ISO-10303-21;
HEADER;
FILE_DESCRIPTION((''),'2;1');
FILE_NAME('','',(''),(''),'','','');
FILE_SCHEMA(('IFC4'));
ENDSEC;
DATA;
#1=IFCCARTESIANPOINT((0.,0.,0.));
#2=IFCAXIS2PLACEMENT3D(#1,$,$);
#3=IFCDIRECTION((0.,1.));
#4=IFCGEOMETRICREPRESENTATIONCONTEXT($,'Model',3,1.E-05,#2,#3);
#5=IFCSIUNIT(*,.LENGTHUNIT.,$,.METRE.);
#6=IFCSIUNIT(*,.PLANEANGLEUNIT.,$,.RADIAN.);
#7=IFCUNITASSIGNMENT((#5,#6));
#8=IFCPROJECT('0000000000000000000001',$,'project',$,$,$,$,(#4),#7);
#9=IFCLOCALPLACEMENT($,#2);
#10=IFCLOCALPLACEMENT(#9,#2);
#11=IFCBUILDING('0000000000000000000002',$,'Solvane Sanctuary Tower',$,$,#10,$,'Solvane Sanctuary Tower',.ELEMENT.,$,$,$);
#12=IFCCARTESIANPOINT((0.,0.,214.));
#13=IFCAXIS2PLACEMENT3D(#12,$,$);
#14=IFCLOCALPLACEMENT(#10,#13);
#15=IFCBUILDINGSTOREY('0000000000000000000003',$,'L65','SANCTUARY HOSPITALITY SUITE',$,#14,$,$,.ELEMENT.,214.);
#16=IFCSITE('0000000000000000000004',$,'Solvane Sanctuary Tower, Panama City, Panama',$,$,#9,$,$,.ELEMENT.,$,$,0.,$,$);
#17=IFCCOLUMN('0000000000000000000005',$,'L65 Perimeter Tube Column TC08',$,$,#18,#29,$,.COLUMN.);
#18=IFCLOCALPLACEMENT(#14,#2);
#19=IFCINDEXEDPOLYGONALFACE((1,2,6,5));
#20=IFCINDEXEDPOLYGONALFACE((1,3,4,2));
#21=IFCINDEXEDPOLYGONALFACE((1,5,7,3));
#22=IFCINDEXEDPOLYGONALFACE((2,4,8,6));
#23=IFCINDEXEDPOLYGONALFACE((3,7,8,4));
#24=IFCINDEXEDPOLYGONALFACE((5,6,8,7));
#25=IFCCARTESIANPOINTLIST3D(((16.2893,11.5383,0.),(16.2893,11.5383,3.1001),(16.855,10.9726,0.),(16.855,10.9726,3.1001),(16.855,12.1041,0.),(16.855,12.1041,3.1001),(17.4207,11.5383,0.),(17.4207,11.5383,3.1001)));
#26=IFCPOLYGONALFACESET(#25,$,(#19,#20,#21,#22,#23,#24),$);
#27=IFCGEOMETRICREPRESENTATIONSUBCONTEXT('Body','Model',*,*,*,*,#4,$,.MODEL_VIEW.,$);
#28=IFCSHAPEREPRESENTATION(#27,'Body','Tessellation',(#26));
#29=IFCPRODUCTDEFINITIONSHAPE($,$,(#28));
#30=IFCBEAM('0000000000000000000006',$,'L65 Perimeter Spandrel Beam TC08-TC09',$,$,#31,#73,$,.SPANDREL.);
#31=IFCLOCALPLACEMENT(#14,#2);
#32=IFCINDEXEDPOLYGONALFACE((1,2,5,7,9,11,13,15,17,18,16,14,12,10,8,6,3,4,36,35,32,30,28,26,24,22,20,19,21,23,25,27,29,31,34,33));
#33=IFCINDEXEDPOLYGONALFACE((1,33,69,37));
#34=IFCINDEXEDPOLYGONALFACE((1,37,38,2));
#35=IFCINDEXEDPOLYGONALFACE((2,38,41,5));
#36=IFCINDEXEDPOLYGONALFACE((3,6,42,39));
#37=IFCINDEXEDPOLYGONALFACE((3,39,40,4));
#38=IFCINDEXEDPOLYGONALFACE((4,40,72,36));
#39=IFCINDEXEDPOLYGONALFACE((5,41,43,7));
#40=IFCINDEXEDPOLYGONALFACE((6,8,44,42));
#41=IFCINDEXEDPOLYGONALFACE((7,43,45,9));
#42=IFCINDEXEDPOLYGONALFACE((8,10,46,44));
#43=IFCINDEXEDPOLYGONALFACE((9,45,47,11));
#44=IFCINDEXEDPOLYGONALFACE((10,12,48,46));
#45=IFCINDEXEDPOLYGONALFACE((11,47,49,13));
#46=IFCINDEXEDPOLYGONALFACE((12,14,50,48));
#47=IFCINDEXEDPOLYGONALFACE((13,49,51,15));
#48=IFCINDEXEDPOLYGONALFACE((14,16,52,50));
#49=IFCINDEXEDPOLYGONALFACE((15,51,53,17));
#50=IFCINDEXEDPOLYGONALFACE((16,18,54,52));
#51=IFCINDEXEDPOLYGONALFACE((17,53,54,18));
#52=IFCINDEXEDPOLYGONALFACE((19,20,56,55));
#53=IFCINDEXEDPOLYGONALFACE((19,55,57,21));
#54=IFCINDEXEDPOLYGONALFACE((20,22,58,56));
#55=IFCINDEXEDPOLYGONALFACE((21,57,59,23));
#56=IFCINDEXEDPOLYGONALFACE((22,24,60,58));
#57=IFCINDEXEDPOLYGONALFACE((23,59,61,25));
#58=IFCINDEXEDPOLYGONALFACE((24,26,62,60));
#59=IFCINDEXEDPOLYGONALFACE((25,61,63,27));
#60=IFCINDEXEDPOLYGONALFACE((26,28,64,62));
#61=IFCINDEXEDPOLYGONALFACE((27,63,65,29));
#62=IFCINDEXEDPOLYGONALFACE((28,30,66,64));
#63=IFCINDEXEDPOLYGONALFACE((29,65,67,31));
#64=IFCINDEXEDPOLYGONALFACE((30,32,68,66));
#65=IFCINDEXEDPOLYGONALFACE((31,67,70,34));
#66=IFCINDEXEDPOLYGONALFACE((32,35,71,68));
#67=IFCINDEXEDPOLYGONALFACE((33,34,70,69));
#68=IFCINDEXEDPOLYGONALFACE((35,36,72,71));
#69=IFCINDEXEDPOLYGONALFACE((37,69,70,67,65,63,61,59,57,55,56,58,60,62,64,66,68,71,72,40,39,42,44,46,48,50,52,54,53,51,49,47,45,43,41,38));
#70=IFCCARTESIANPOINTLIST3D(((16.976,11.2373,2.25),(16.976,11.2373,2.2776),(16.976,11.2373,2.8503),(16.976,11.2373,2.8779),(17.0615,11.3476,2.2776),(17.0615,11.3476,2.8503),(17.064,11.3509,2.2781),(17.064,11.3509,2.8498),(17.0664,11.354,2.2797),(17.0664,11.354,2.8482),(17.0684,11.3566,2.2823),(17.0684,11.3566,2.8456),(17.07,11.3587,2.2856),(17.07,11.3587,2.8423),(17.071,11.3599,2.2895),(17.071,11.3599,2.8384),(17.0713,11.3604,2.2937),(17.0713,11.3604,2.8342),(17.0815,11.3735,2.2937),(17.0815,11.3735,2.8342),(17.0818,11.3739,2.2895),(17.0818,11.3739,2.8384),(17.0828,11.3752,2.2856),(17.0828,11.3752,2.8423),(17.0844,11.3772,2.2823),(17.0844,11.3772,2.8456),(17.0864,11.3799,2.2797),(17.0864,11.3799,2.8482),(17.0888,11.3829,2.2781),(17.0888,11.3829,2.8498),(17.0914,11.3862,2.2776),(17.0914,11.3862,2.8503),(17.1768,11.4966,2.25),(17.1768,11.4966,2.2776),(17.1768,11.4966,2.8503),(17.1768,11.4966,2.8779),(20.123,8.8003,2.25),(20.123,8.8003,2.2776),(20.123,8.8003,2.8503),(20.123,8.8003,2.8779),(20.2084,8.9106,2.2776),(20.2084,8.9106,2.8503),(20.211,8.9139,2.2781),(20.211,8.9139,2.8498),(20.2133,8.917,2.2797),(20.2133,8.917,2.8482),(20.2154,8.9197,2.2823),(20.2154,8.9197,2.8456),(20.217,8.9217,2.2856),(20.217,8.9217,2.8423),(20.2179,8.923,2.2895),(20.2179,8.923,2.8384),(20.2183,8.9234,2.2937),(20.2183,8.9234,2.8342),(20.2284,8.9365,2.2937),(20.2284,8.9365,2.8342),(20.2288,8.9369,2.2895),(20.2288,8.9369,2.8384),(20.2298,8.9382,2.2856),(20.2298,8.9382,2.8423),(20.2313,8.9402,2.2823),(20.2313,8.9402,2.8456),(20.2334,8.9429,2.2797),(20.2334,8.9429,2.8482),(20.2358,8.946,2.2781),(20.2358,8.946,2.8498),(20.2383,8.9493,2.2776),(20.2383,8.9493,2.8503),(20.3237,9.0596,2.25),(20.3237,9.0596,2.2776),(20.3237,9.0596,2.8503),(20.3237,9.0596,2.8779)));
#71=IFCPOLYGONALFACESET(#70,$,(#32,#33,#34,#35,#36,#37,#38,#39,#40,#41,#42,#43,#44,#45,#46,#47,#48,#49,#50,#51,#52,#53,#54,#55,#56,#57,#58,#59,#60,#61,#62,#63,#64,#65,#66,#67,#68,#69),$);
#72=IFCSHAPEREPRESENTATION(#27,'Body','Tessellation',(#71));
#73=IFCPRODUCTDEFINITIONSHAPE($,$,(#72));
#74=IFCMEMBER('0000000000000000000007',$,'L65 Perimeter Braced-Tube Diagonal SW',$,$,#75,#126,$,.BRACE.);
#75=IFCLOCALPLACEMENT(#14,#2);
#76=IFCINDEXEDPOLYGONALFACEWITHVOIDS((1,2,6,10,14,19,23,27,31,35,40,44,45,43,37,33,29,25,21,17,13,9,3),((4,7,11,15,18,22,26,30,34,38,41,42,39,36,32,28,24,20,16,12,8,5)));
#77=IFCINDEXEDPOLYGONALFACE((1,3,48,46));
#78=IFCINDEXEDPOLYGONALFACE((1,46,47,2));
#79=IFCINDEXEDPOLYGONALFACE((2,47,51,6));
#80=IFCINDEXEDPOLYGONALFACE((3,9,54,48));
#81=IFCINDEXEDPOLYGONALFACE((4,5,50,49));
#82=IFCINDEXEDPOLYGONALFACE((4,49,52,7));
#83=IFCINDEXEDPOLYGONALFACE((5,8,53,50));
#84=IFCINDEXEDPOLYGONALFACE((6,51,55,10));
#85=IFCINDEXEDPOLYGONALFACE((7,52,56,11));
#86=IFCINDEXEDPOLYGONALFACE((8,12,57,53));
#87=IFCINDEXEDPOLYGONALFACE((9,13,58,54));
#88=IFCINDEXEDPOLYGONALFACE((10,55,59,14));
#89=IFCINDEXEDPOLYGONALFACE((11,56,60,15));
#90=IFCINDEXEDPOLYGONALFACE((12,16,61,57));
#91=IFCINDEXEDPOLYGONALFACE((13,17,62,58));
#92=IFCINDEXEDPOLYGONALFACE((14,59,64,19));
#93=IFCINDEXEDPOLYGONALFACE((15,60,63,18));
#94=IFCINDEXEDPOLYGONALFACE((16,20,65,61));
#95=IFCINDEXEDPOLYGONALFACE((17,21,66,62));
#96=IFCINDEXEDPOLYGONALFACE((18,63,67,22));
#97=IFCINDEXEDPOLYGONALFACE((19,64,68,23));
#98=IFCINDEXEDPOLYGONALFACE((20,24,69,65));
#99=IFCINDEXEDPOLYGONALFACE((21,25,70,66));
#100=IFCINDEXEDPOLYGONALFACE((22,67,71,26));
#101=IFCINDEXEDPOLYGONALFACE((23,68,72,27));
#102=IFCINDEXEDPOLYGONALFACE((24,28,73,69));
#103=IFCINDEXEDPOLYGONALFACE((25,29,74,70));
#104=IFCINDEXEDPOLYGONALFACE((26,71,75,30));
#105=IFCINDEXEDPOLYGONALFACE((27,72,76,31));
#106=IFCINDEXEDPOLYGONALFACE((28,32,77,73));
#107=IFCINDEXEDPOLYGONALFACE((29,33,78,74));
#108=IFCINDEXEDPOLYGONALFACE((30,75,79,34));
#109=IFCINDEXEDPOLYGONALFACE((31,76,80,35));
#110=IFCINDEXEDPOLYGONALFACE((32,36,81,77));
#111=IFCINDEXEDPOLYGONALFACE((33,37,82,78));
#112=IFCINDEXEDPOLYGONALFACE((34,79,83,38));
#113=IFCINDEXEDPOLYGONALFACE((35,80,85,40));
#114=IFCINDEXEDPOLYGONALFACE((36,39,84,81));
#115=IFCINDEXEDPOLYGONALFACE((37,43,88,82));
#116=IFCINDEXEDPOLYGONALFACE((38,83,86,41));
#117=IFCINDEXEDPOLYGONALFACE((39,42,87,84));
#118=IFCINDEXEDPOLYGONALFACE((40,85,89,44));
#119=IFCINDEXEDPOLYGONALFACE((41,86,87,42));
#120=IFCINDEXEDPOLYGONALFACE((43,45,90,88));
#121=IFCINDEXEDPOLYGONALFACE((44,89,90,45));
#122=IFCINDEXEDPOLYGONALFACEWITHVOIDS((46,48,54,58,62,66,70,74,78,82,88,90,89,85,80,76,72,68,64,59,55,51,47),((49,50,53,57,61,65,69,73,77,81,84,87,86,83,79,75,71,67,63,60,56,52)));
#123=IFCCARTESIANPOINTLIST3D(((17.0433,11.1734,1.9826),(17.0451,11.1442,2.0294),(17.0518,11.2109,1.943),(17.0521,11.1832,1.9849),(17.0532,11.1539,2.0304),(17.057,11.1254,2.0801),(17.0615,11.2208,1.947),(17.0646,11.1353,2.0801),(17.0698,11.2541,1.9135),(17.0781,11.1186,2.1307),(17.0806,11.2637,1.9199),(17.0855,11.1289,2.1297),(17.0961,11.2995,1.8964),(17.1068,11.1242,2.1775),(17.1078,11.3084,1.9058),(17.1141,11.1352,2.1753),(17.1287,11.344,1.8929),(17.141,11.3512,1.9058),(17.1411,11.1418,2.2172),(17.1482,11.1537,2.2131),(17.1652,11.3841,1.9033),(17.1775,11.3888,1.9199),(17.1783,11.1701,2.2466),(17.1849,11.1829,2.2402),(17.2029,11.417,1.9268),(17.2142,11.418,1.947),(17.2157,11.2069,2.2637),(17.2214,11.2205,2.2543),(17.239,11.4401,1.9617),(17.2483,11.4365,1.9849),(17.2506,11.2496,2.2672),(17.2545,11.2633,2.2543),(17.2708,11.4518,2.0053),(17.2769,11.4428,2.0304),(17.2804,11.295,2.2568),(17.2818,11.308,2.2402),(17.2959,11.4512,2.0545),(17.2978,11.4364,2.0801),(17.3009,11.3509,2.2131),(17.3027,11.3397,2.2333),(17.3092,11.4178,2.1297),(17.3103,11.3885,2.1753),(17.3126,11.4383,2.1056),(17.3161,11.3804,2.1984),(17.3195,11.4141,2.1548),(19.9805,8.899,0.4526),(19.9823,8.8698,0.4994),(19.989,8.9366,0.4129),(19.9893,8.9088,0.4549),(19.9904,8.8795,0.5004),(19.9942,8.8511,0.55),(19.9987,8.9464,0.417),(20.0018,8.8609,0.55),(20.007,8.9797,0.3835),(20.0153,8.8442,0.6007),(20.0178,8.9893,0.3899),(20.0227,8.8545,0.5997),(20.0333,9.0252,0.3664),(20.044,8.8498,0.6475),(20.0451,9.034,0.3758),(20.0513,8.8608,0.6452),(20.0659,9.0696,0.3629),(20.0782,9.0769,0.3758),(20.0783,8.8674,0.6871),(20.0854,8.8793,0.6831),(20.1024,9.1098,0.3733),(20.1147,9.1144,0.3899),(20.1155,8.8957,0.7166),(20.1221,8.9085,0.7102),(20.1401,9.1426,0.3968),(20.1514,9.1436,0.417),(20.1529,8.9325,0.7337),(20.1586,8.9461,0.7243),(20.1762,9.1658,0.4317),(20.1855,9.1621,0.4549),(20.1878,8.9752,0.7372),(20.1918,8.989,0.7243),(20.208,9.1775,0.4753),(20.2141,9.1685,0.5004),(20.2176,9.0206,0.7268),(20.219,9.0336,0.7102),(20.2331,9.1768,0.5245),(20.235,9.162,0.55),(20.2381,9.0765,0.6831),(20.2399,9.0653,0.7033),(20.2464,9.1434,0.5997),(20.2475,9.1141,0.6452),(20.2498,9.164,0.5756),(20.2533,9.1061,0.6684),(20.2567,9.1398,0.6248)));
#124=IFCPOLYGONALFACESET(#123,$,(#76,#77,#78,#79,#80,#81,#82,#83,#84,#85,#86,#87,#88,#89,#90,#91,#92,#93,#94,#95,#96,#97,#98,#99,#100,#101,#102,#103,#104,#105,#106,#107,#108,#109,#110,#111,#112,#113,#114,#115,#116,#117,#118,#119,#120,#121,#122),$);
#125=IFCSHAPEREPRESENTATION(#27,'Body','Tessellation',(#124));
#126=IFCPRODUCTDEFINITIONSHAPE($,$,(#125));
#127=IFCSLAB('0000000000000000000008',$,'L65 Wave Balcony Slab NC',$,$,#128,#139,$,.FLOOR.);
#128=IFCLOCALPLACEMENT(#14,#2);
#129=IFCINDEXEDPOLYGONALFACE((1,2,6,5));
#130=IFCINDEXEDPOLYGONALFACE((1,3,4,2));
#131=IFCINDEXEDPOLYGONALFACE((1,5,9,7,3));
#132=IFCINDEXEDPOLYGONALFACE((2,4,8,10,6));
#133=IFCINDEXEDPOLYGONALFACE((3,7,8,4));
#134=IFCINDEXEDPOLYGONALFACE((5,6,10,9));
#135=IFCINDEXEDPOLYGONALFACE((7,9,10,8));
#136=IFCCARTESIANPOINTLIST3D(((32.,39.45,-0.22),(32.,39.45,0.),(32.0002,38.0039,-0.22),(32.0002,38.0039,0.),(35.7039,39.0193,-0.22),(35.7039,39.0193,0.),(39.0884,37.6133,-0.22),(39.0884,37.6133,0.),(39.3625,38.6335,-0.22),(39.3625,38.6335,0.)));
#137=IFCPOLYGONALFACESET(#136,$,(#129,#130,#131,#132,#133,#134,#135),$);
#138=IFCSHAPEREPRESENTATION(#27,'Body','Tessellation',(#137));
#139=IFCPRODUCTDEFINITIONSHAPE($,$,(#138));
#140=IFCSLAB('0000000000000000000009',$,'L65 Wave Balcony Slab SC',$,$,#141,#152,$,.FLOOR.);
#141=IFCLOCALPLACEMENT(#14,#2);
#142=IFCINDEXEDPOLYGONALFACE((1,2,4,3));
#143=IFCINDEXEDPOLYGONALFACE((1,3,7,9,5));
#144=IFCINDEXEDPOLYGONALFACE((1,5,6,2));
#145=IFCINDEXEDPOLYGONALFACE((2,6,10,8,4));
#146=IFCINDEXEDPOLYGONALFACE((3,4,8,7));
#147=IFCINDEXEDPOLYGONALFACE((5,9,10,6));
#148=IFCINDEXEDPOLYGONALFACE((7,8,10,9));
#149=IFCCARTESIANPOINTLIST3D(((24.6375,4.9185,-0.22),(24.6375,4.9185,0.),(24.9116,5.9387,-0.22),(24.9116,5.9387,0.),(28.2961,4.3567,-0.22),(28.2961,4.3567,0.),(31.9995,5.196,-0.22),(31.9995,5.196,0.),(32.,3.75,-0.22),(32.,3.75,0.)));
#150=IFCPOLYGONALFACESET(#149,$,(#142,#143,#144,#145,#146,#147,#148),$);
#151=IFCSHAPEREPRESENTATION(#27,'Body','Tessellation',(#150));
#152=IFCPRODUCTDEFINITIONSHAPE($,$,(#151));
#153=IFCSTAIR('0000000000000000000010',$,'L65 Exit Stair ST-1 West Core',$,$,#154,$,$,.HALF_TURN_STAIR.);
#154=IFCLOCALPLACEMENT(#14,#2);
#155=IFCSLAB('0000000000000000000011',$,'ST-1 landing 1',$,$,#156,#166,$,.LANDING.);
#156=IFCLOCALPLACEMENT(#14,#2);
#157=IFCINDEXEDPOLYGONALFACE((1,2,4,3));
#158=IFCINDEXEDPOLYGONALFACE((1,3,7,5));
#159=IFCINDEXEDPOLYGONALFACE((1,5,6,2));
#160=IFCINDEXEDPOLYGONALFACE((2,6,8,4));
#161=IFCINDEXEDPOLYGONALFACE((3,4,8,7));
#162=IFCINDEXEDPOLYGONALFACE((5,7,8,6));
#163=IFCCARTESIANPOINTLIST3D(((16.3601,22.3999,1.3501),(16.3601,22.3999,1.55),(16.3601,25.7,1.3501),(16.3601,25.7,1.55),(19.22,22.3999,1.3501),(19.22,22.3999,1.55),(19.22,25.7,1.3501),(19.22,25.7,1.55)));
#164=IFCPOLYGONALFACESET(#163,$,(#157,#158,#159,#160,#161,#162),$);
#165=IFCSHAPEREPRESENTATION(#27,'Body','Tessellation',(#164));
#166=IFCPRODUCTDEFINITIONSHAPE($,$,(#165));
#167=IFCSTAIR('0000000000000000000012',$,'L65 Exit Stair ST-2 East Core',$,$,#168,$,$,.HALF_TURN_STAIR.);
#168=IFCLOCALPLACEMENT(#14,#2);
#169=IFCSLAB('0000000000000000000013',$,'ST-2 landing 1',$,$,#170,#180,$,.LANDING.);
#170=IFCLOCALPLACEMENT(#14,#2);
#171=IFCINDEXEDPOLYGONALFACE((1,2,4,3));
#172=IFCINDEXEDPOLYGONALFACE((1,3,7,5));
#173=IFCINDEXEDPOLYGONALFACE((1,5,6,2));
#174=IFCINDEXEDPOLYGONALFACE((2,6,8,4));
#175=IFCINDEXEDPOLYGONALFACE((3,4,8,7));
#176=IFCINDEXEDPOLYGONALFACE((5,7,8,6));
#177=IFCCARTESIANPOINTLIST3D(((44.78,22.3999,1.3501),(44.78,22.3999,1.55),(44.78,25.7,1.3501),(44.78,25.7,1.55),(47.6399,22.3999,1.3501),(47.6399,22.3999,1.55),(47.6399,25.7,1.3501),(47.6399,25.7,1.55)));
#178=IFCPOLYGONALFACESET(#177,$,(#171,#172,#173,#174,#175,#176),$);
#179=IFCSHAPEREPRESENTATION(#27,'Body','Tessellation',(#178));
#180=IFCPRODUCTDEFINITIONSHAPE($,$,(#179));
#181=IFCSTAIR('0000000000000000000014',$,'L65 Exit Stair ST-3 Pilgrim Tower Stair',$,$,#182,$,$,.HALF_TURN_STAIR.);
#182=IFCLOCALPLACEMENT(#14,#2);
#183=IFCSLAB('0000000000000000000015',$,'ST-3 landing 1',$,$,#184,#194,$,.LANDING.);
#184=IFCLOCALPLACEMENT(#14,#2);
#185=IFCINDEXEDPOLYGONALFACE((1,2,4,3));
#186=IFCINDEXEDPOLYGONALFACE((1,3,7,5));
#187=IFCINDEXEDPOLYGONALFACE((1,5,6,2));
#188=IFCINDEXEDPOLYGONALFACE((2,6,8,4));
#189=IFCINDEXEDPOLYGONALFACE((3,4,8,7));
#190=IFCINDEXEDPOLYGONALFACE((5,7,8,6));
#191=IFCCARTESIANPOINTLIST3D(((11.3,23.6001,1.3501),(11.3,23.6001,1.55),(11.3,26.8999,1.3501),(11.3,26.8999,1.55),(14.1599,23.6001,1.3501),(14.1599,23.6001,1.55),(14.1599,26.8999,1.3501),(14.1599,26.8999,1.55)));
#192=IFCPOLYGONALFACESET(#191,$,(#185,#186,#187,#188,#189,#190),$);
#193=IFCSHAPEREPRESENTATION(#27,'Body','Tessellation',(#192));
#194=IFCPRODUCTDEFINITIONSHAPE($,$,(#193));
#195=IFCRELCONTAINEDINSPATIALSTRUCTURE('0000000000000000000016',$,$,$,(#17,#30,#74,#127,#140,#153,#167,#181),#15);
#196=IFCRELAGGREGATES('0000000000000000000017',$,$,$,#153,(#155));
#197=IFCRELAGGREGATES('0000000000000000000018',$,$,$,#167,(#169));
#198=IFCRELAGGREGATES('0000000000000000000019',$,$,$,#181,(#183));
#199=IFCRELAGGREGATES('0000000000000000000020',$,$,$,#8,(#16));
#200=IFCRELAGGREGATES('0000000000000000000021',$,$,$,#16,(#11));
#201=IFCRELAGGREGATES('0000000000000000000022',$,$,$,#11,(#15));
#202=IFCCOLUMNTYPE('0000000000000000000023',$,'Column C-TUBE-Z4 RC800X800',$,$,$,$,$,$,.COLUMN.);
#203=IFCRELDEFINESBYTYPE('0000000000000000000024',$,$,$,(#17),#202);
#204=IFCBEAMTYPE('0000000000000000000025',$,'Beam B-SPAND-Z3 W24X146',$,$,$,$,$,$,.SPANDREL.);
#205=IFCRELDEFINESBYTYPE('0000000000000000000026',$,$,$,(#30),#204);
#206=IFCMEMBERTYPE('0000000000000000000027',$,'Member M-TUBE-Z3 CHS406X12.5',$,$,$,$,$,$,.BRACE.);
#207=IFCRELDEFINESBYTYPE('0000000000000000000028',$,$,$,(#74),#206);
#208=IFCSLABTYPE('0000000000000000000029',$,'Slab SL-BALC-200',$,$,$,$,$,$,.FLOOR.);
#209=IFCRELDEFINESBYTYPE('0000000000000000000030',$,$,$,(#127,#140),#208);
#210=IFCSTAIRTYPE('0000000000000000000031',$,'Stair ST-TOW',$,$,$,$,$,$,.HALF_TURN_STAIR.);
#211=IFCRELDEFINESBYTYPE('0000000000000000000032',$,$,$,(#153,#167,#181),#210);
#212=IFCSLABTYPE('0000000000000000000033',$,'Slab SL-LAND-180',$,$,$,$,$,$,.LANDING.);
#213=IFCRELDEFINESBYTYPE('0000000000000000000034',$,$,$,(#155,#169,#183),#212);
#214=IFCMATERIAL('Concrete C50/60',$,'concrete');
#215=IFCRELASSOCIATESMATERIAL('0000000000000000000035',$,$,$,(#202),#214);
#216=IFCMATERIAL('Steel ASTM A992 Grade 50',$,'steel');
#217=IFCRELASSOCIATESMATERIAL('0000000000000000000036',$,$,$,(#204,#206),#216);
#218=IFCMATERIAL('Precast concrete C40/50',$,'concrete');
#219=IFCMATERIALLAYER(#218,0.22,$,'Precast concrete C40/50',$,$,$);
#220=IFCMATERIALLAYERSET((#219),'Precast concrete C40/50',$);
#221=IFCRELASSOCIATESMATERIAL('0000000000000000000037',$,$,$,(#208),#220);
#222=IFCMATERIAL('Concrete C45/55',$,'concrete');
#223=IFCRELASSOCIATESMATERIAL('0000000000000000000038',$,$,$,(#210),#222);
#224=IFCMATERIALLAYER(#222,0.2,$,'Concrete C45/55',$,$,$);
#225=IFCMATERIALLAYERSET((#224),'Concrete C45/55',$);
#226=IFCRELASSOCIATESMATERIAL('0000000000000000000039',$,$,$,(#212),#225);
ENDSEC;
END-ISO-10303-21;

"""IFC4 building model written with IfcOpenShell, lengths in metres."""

from ifc_helpers import new_model, si_unit, direction, frame, origin, origin_2d, place, context, subcontext, project, spatial, polyline, rectangle, hollow_circle, i_section, outline, extrude, material, layer, layer_set, material_profile, profile_set, type_object, element, aggregate, save


model = new_model("IFC4")

# Units and contexts
model_context = context("Model", 3, precision=1e-05, world=origin(), true_north=direction((0.0, 1.0)))
body_context = subcontext(model_context, "Body", "Model", "MODEL_VIEW")
ifc_project = project(units=[si_unit("LENGTHUNIT", "METRE"), si_unit("PLANEANGLEUNIT", "RADIAN")], contexts=[model_context])

# Site, building, storey
site_placement = place(None, origin())
site = spatial("IfcSite", under=ifc_project, at=site_placement, Name="Solvane Sanctuary Tower, Panama City, Panama", CompositionType="ELEMENT", RefElevation=0.0)
building_placement = place(site_placement, origin())
building = spatial("IfcBuilding", under=site, at=building_placement, Name="Solvane Sanctuary Tower", LongName="Solvane Sanctuary Tower", CompositionType="ELEMENT")
storey_placement = place(building_placement, frame((0.0, 0.0, 214.0)))
storey = spatial("IfcBuildingStorey", under=building, at=storey_placement, Name="L65", Description="SANCTUARY HOSPITALITY SUITE", CompositionType="ELEMENT", Elevation=214.0)

# Column
ifc_material_1 = material(Name="Concrete C50/60", Category="concrete")
ifc_material_profile_1 = material_profile(ifc_material_1, rectangle(XDim=0.8, YDim=0.8, at=origin_2d()), Name="RC800X800")
ifc_profile_set_1 = profile_set([ifc_material_profile_1], Name="Concrete C50/60")
column_type = type_object("IfcColumnType", Name="Column C-TUBE-Z4 RC800X800", PredefinedType="COLUMN", material=ifc_profile_set_1)
column_placement = place(storey_placement, frame((16.855, 11.5383, 0.0), z_axis=(0.0, 0.0, 1.0), x_axis=(-0.707107, -0.707107, 0.0)))
element("IfcColumn", 1, at=column_placement, inside=storey, type_object=column_type, Name="L65 Perimeter Tube Column TC08", PredefinedType="COLUMN", context=body_context, shape_type="SweptSolid", body=[
    extrude(rectangle(XDim=0.8, YDim=0.8, at=origin_2d()), origin(), (0.0, 0.0, 1.0), 3.1001),
])

# Beam
ifc_material_2 = material(Name="Steel ASTM A992 Grade 50", Category="steel")
ifc_material_profile_2 = material_profile(ifc_material_2, i_section(OverallWidth=0.3279, OverallDepth=0.6279, WebThickness=0.0166, FlangeThickness=0.0276, FilletRadius=0.0161, at=origin_2d()), Name="W24X146")
ifc_profile_set_2 = profile_set([ifc_material_profile_2], Name="Steel ASTM A992 Grade 50")
beam_type = type_object("IfcBeamType", Name="Beam B-SPAND-Z3 W24X146", PredefinedType="SPANDREL", material=ifc_profile_set_2)
beam_placement = place(storey_placement, frame((17.0764, 11.3669, 2.564), z_axis=(0.790645, -0.612275, 0.0), x_axis=(0.612275, 0.790645, 0.0)))
element("IfcBeam", 2, at=beam_placement, inside=storey, type_object=beam_type, Name="L65 Perimeter Spandrel Beam TC08-TC09", PredefinedType="SPANDREL", context=body_context, shape_type="SweptSolid", body=[
    extrude(i_section(OverallWidth=0.3279, OverallDepth=0.6279, WebThickness=0.0166, FlangeThickness=0.0276, FilletRadius=0.0161, at=origin_2d()), origin(), (0.0, 0.0, 1.0), 3.9802),
])

# Member
ifc_material_profile_3 = material_profile(ifc_material_2, hollow_circle(Radius=0.2029, WallThickness=0.0125, at=origin_2d()), Name="CHS406X12.5")
ifc_profile_set_3 = profile_set([ifc_material_profile_3], Name="Steel ASTM A992 Grade 50")
member_type = type_object("IfcMemberType", Name="Member M-TUBE-Z3 CHS406X12.5", PredefinedType="BRACE", material=ifc_profile_set_3)
member_placement = place(storey_placement, frame((20.1184, 9.0115, 0.55), z_axis=(-0.73109, 0.566107, 0.380828), x_axis=(-0.612242, -0.79067, 0.0)))
element("IfcMember", 3, at=member_placement, inside=storey, type_object=member_type, Name="L65 Perimeter Braced-Tube Diagonal SW", PredefinedType="BRACE", context=body_context, shape_type="SweptSolid", body=[
    extrude(hollow_circle(Radius=0.2029, WallThickness=0.0125, at=origin_2d()), origin(), (0.0, 0.0, 1.0), 4.0176),
])

# Slabs
ifc_material_3 = material(Name="Precast concrete C40/50", Category="concrete")
ifc_layer_1 = layer(ifc_material_3, 0.22, Name="Precast concrete C40/50")
ifc_layer_set_1 = layer_set([ifc_layer_1], Name="Precast concrete C40/50")
slab_type_1 = type_object("IfcSlabType", Name="Slab SL-BALC-200", PredefinedType="FLOOR", material=ifc_layer_set_1)
slab_1_placement = place(storey_placement, frame((0.0, 0.0, -0.22)))
element("IfcSlab", 4, at=slab_1_placement, inside=storey, type_object=slab_type_1, Name="L65 Wave Balcony Slab NC", PredefinedType="FLOOR", context=body_context, shape_type="SweptSolid", body=[
    extrude(outline(polyline([(39.3625, 38.6335), (35.7039, 39.0193), (32.0, 39.45), (32.0002, 38.0039), (39.0884, 37.6133), (39.3625, 38.6335)])), origin(), (0.0, 0.0, 1.0), 0.22),
])
slab_2_placement = place(storey_placement, frame((0.0, 0.0, -0.22)))
element("IfcSlab", 5, at=slab_2_placement, inside=storey, type_object=slab_type_1, Name="L65 Wave Balcony Slab SC", PredefinedType="FLOOR", context=body_context, shape_type="SweptSolid", body=[
    extrude(outline(polyline([(24.6375, 4.9185), (28.2961, 4.3567), (32.0, 3.75), (31.9995, 5.196), (24.9116, 5.9387), (24.6375, 4.9185)])), origin(), (0.0, 0.0, 1.0), 0.22),
])

# Stairs, slabs
ifc_material_4 = material(Name="Concrete C45/55", Category="concrete")
stair_type = type_object("IfcStairType", Name="Stair ST-TOW", PredefinedType="HALF_TURN_STAIR", material=ifc_material_4)
stair_1_placement = place(storey_placement, origin())
stair_1 = element("IfcStair", 6, at=stair_1_placement, inside=storey, type_object=stair_type, Name="L65 Exit Stair ST-1 West Core", PredefinedType="HALF_TURN_STAIR")
ifc_layer_2 = layer(ifc_material_4, 0.2, Name="Concrete C45/55")
ifc_layer_set_2 = layer_set([ifc_layer_2], Name="Concrete C45/55")
slab_type_2 = type_object("IfcSlabType", Name="Slab SL-LAND-180", PredefinedType="LANDING", material=ifc_layer_set_2)
slab_3_placement = place(storey_placement, frame((0.0, 0.0, 1.3501)))
slab_3 = element("IfcSlab", 7, at=slab_3_placement, type_object=slab_type_2, Name="ST-1 landing 1", PredefinedType="LANDING", context=body_context, shape_type="SweptSolid", body=[
    extrude(outline(polyline([(19.22, 22.3999), (19.22, 25.7), (16.3601, 25.7), (16.3601, 22.3999), (19.22, 22.3999)])), origin(), (0.0, 0.0, 1.0), 0.2),
])
aggregate(stair_1, [slab_3])
stair_2_placement = place(storey_placement, origin())
stair_2 = element("IfcStair", 8, at=stair_2_placement, inside=storey, type_object=stair_type, Name="L65 Exit Stair ST-2 East Core", PredefinedType="HALF_TURN_STAIR")
slab_4_placement = place(storey_placement, frame((0.0, 0.0, 1.3501)))
slab_4 = element("IfcSlab", 9, at=slab_4_placement, type_object=slab_type_2, Name="ST-2 landing 1", PredefinedType="LANDING", context=body_context, shape_type="SweptSolid", body=[
    extrude(outline(polyline([(47.6399, 22.3999), (47.6399, 25.7), (44.78, 25.7), (44.78, 22.3999), (47.6399, 22.3999)])), origin(), (0.0, 0.0, 1.0), 0.2),
])
aggregate(stair_2, [slab_4])
stair_3_placement = place(storey_placement, origin())
stair_3 = element("IfcStair", 10, at=stair_3_placement, inside=storey, type_object=stair_type, Name="L65 Exit Stair ST-3 Pilgrim Tower Stair", PredefinedType="HALF_TURN_STAIR")
slab_5_placement = place(storey_placement, frame((0.0, 0.0, 1.3501)))
slab_5 = element("IfcSlab", 11, at=slab_5_placement, type_object=slab_type_2, Name="ST-3 landing 1", PredefinedType="LANDING", context=body_context, shape_type="SweptSolid", body=[
    extrude(outline(polyline([(14.1599, 23.6001), (14.1599, 26.8999), (11.3, 26.8999), (11.3, 23.6001), (14.1599, 23.6001)])), origin(), (0.0, 0.0, 1.0), 0.2),
])
aggregate(stair_3, [slab_5])

save(model, "model.ifc")
